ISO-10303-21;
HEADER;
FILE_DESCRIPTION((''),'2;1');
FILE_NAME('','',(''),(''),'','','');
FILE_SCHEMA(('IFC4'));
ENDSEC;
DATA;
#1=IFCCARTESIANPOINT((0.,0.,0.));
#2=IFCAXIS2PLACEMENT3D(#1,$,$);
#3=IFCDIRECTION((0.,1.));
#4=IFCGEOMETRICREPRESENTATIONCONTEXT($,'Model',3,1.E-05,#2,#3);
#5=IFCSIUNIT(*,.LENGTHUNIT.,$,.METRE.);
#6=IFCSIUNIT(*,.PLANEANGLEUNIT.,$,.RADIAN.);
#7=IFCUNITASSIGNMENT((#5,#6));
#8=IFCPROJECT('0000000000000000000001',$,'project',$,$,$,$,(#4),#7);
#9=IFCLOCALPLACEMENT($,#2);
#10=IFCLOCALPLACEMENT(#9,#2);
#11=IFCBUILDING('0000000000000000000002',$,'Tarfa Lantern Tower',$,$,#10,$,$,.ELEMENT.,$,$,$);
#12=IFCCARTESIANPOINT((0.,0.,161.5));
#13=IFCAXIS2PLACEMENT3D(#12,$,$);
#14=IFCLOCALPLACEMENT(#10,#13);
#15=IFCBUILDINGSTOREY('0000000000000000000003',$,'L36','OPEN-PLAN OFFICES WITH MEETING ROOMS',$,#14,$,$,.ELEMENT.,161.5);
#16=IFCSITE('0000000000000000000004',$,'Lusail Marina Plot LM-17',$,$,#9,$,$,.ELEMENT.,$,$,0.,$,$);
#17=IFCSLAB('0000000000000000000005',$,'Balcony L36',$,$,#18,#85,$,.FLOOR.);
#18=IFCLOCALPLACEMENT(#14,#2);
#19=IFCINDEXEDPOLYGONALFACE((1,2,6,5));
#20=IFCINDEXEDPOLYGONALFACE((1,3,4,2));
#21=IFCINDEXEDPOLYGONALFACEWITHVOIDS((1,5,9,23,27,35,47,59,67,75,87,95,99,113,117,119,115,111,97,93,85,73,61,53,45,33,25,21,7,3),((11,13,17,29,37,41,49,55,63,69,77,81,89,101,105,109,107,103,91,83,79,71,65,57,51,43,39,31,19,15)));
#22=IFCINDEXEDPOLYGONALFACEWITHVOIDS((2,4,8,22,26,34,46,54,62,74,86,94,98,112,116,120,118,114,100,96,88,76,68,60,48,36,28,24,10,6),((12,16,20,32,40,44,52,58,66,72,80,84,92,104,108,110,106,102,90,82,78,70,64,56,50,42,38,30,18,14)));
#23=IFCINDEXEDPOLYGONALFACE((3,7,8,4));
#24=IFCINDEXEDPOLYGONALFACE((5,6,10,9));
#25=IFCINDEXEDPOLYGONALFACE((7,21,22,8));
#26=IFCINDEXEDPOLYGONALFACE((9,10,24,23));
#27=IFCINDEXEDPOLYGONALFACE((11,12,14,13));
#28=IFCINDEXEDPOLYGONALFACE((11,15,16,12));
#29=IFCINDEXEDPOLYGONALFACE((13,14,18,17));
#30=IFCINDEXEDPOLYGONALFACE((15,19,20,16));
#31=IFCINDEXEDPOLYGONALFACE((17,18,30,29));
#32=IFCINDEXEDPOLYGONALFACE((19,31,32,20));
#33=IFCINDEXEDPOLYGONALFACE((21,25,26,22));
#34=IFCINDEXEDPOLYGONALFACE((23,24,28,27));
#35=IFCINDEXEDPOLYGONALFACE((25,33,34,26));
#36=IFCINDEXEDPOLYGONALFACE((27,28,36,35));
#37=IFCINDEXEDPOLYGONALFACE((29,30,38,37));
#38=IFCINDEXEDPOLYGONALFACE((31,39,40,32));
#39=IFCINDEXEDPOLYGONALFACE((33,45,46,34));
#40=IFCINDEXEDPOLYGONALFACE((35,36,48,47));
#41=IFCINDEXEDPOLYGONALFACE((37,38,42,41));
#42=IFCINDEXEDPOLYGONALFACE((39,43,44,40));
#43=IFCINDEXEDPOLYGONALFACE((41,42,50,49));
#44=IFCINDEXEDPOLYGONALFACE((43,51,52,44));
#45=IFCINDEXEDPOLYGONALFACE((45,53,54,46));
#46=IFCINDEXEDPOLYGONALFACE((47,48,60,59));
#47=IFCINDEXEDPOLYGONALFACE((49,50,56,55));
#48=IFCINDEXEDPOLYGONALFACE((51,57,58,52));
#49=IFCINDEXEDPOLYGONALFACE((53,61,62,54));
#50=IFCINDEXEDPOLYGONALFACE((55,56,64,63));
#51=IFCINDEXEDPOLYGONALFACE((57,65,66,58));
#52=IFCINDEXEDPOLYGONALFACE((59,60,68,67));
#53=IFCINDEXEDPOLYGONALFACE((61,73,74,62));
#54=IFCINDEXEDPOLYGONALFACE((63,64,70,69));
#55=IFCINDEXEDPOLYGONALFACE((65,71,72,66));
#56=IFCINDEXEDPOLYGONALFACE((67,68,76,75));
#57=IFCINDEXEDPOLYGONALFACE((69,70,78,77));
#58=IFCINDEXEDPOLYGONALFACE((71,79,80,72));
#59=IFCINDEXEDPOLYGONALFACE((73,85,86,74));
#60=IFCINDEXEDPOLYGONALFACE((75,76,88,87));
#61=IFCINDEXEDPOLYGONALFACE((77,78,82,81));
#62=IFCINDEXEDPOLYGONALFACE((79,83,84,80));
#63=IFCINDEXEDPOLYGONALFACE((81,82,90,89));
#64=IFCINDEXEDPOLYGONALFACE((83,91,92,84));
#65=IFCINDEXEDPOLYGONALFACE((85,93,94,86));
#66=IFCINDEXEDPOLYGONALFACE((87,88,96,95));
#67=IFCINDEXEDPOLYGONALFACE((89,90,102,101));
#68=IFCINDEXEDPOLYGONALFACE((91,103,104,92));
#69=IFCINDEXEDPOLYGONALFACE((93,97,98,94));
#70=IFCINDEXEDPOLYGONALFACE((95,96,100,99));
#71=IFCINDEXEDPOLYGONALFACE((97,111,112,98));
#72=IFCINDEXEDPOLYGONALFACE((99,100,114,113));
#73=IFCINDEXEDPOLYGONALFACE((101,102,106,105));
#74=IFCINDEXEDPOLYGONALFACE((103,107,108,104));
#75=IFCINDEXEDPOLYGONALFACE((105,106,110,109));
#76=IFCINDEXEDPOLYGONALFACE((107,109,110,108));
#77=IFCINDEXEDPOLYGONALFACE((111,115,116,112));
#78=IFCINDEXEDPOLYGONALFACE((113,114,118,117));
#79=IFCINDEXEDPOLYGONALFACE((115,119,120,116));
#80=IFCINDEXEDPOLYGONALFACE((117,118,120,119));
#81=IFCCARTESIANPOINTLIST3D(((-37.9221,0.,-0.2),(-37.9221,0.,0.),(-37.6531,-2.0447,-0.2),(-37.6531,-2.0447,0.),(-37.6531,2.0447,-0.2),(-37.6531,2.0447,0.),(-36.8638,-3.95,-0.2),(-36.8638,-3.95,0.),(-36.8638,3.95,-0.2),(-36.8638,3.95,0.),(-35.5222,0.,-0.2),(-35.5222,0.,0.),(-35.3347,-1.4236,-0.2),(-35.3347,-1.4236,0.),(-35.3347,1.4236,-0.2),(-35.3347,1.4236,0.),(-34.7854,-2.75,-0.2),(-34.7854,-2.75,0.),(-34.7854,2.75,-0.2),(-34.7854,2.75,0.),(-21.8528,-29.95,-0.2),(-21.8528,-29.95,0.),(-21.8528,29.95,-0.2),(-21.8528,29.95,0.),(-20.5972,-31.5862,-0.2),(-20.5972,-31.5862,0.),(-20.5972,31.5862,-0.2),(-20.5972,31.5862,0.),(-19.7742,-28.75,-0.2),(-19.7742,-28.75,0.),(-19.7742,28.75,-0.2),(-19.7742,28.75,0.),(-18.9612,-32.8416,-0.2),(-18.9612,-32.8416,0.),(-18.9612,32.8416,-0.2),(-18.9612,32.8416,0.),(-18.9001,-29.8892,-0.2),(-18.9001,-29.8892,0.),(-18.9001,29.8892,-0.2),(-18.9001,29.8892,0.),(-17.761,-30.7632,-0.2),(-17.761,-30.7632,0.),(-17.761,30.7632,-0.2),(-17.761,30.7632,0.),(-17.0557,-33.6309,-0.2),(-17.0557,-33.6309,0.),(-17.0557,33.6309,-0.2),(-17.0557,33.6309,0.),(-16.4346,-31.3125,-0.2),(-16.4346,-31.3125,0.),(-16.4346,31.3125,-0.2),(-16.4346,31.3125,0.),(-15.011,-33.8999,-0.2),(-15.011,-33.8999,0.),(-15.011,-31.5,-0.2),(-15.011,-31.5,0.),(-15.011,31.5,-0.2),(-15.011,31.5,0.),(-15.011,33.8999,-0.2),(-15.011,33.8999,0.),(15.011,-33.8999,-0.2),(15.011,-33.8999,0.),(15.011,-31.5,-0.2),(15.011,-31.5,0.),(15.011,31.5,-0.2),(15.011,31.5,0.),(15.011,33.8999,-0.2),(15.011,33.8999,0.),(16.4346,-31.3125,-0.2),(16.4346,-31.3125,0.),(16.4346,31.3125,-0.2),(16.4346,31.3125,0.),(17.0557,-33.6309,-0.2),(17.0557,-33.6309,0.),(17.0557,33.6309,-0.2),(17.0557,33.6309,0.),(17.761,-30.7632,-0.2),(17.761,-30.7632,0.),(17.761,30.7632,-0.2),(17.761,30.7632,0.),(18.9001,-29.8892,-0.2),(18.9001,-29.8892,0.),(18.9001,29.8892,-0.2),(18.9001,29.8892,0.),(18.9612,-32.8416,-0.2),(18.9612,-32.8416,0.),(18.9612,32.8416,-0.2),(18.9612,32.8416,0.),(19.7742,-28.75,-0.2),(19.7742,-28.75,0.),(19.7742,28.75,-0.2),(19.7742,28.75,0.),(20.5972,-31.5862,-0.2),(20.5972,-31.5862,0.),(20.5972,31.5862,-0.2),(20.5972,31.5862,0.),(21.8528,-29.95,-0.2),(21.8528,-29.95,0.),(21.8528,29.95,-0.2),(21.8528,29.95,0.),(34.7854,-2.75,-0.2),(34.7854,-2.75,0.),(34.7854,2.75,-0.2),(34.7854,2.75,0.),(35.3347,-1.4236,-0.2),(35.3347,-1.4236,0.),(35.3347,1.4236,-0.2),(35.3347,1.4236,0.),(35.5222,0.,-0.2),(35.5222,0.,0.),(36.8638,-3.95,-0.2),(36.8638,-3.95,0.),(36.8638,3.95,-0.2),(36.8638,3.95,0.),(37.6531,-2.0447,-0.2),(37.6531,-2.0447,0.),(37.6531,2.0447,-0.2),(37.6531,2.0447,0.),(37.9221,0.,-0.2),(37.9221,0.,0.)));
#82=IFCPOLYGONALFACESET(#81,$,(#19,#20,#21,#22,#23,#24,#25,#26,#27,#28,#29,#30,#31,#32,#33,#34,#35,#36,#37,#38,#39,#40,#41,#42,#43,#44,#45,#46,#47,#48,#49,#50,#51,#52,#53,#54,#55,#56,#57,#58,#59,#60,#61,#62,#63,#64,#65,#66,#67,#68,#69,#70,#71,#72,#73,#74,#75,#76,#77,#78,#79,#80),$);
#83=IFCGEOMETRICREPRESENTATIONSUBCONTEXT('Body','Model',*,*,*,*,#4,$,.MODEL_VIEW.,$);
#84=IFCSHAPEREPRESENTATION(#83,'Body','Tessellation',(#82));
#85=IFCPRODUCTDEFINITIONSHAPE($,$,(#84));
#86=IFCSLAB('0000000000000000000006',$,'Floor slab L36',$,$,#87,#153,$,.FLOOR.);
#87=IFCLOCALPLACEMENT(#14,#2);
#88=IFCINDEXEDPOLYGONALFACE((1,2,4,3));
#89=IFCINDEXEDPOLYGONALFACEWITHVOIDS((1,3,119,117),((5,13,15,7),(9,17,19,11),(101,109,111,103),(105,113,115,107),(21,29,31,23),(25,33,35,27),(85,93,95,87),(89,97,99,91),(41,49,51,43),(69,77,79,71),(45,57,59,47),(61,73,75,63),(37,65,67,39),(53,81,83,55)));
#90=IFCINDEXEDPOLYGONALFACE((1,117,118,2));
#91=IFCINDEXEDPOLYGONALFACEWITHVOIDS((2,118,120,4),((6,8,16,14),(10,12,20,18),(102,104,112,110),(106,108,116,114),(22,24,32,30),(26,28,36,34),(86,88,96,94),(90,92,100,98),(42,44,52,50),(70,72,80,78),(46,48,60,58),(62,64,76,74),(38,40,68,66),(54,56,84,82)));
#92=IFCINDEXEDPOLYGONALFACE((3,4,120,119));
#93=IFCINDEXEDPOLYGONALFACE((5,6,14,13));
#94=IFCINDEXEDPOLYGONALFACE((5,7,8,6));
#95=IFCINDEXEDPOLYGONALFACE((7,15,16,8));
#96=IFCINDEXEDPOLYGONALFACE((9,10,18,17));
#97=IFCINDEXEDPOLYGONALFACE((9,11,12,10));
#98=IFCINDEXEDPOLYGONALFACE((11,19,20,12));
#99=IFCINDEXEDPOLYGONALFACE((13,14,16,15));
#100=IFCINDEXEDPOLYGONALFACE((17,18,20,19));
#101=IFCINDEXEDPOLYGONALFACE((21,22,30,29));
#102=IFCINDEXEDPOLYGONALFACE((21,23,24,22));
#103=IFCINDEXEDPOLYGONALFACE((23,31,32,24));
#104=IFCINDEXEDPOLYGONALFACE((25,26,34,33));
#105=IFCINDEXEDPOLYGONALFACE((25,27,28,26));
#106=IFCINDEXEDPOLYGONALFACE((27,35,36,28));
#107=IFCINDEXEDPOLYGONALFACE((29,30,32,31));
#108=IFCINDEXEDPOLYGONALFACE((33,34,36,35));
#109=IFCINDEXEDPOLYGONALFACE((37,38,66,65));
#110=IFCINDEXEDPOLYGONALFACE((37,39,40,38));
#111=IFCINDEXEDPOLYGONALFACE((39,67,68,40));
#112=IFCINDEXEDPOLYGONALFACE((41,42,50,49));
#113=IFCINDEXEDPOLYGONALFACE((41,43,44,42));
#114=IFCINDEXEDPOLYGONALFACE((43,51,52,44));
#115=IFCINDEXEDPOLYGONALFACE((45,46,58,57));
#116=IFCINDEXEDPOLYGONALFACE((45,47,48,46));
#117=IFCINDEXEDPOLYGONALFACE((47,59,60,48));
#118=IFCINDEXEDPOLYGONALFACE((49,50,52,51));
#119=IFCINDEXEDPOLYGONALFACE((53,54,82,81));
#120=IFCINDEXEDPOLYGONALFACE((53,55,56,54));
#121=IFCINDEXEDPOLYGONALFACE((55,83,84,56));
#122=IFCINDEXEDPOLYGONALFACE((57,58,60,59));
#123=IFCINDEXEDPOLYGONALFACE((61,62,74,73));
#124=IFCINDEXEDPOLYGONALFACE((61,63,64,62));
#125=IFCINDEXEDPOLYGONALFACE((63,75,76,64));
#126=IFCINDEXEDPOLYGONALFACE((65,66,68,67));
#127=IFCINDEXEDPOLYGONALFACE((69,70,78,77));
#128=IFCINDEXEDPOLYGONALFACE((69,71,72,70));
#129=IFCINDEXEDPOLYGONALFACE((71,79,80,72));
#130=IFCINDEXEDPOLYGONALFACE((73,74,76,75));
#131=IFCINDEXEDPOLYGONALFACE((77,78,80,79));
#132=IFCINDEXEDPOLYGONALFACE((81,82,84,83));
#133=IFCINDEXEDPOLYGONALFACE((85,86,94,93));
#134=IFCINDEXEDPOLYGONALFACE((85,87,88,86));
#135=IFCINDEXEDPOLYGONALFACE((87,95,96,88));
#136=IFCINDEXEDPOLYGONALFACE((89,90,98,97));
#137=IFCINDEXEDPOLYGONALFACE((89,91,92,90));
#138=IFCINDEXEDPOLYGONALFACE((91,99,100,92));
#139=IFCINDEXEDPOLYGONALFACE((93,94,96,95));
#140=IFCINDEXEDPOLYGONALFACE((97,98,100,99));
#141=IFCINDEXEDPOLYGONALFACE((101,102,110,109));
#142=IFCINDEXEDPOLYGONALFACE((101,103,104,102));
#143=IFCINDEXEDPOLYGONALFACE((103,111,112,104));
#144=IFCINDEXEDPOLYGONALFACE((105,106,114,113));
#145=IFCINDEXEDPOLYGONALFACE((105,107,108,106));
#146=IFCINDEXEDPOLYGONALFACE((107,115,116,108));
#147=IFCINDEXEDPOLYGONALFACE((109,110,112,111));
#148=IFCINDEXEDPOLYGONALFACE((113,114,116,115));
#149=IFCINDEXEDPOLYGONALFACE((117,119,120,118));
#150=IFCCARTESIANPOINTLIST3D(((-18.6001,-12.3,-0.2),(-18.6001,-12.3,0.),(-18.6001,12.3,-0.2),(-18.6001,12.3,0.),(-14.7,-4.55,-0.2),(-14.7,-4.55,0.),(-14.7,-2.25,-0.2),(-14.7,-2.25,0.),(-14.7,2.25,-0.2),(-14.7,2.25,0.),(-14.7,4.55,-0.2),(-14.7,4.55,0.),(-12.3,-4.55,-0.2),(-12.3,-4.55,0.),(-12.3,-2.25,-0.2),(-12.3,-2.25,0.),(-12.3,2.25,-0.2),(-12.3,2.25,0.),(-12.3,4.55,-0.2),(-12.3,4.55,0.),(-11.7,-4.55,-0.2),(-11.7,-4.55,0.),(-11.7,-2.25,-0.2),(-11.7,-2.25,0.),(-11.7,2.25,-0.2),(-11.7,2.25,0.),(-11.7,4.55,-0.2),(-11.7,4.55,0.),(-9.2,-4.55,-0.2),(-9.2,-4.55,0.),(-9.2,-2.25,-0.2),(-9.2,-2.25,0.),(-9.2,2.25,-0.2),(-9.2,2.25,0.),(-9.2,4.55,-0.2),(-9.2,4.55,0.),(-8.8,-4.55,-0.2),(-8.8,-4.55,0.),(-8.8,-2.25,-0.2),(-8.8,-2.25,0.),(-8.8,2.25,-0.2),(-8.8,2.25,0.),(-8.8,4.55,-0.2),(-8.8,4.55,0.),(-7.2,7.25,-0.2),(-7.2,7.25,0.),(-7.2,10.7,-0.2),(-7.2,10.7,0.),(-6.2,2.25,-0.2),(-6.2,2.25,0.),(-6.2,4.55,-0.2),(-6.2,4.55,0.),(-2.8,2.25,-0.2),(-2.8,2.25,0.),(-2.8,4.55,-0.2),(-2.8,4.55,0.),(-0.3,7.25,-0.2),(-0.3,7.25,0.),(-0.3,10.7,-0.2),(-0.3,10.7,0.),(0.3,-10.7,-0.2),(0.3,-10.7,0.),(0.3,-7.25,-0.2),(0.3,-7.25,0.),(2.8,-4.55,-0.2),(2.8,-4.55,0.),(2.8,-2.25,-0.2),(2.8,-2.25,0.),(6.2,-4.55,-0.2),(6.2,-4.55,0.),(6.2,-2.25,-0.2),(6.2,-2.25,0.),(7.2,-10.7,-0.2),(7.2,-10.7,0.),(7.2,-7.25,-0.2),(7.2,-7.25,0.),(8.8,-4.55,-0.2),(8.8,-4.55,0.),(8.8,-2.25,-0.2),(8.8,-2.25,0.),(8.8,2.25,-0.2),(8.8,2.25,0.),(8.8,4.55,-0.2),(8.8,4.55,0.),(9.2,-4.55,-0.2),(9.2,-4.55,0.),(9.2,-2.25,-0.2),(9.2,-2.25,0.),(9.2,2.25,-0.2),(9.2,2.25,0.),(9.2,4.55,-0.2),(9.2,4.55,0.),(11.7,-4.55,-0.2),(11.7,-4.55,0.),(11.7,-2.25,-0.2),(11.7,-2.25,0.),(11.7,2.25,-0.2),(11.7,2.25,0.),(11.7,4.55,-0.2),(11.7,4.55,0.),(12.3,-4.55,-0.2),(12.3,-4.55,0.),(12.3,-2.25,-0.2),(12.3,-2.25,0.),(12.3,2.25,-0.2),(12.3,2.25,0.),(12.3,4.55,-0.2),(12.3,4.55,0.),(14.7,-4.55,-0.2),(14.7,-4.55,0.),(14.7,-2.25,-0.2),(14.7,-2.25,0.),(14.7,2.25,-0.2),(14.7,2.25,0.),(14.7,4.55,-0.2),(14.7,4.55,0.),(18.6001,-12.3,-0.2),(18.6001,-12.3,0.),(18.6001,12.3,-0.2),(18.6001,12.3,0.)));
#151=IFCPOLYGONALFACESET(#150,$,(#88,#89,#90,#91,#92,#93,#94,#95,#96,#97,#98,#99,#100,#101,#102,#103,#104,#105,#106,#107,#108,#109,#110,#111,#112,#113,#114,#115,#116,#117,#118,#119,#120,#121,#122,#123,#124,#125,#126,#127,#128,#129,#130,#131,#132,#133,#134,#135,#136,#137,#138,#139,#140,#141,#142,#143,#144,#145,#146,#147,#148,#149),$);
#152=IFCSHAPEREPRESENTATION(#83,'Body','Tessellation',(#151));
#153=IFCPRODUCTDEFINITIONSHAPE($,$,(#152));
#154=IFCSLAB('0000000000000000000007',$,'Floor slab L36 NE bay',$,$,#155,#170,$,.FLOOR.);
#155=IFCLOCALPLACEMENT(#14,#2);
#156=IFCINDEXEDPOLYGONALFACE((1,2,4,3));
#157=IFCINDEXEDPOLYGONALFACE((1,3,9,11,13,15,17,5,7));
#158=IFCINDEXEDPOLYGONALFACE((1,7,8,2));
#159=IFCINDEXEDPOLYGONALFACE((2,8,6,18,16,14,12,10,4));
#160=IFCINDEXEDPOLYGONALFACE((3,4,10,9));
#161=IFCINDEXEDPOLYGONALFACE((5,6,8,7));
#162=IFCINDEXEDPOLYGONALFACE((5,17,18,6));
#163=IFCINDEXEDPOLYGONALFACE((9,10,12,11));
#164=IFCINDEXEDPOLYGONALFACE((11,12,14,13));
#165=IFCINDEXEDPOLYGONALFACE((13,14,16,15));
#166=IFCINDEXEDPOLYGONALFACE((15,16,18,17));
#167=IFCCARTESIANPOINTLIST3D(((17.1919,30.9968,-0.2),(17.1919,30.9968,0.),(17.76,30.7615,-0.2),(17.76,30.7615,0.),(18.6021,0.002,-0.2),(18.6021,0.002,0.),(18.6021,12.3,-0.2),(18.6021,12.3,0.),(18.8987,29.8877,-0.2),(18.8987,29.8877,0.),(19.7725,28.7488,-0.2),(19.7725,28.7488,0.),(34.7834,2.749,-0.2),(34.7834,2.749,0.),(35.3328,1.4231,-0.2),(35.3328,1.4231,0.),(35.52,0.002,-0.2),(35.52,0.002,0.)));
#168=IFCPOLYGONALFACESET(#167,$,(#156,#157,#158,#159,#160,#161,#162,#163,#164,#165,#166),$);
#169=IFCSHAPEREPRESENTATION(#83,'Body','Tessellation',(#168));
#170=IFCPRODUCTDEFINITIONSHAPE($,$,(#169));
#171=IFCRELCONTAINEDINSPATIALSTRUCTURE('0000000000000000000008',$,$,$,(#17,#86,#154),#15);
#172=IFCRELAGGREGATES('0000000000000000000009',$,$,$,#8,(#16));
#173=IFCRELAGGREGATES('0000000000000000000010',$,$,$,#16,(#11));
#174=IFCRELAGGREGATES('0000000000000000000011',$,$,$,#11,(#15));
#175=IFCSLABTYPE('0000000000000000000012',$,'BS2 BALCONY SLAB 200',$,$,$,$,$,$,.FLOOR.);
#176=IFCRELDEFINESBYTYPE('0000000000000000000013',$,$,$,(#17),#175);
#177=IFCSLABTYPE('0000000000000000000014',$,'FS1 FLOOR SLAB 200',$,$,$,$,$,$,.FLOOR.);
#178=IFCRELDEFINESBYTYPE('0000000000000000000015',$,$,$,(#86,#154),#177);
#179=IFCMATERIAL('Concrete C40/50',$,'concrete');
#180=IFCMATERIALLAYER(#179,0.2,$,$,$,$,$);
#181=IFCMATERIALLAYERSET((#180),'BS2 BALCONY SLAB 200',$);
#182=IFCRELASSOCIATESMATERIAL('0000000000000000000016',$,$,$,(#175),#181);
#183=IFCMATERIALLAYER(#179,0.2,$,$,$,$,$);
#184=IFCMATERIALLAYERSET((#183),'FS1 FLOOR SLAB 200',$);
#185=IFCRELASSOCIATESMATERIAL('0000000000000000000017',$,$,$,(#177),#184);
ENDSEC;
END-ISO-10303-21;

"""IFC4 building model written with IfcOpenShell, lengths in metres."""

from ifc_helpers import new_model, si_unit, direction, frame, origin, place, context, subcontext, project, spatial, polyline, outline, extrude, material, layer, layer_set, type_object, element, save


model = new_model("IFC4")

# Units and contexts
model_context = context("Model", 3, precision=1e-05, world=origin(), true_north=direction((0.0, 1.0)))
body_context = subcontext(model_context, "Body", "Model", "MODEL_VIEW")
ifc_project = project(units=[si_unit("LENGTHUNIT", "METRE"), si_unit("PLANEANGLEUNIT", "RADIAN")], contexts=[model_context])

# Site, building, storey
site_placement = place(None, origin())
site = spatial("IfcSite", under=ifc_project, at=site_placement, Name="Lusail Marina Plot LM-17", CompositionType="ELEMENT", RefElevation=0.0)
building_placement = place(site_placement, origin())
building = spatial("IfcBuilding", under=site, at=building_placement, Name="Tarfa Lantern Tower", CompositionType="ELEMENT")
storey_placement = place(building_placement, frame((0.0, 0.0, 161.5)))
storey = spatial("IfcBuildingStorey", under=building, at=storey_placement, Name="L36", Description="OPEN-PLAN OFFICES WITH MEETING ROOMS", CompositionType="ELEMENT", Elevation=161.5)

# Slabs
ifc_material_1 = material(Name="Concrete C40/50", Category="concrete")
ifc_layer_1 = layer(ifc_material_1, 0.2)
ifc_layer_set_1 = layer_set([ifc_layer_1], Name="BS2 BALCONY SLAB 200")
slab_type_1 = type_object("IfcSlabType", Name="BS2 BALCONY SLAB 200", PredefinedType="FLOOR", material=ifc_layer_set_1)
slab_1_placement = place(storey_placement, frame((0.0, 0.0, -0.2)))
element("IfcSlab", 1, at=slab_1_placement, inside=storey, type_object=slab_type_1, Name="Balcony L36", PredefinedType="FLOOR", context=body_context, shape_type="SweptSolid", body=[
    extrude(outline(polyline([(36.8638, 3.95), (21.8528, 29.95), (20.5972, 31.5862), (18.9612, 32.8416), (17.0557, 33.6309), (15.011, 33.8999), (-15.011, 33.8999), (-17.0557, 33.6309), (-18.9612, 32.8416), (-20.5972, 31.5862), (-21.8528, 29.95), (-36.8638, 3.95), (-37.6531, 2.0447), (-37.9221, 0.0), (-37.6531, -2.0447), (-36.8638, -3.95), (-21.8528, -29.95), (-20.5972, -31.5862), (-18.9612, -32.8416), (-17.0557, -33.6309), (-15.011, -33.8999), (15.011, -33.8999), (17.0557, -33.6309), (18.9612, -32.8416), (20.5972, -31.5862), (21.8528, -29.95), (36.8638, -3.95), (37.6531, -2.0447), (37.9221, 0.0), (37.6531, 2.0447), (36.8638, 3.95)]), holes=[polyline([(34.7854, 2.75), (19.7742, 28.75), (18.9001, 29.8892), (17.761, 30.7632), (16.4346, 31.3125), (15.011, 31.5), (-15.011, 31.5), (-16.4346, 31.3125), (-17.761, 30.7632), (-18.9001, 29.8892), (-19.7742, 28.75), (-34.7854, 2.75), (-35.3347, 1.4236), (-35.5222, 0.0), (-35.3347, -1.4236), (-34.7854, -2.75), (-19.7742, -28.75), (-18.9001, -29.8892), (-17.761, -30.7632), (-16.4346, -31.3125), (-15.011, -31.5), (15.011, -31.5), (16.4346, -31.3125), (17.761, -30.7632), (18.9001, -29.8892), (19.7742, -28.75), (34.7854, -2.75), (35.3347, -1.4236), (35.5222, 0.0), (35.3347, 1.4236), (34.7854, 2.75)])]), origin(), (0.0, 0.0, 1.0), 0.2),
])
ifc_layer_2 = layer(ifc_material_1, 0.2)
ifc_layer_set_2 = layer_set([ifc_layer_2], Name="FS1 FLOOR SLAB 200")
slab_type_2 = type_object("IfcSlabType", Name="FS1 FLOOR SLAB 200", PredefinedType="FLOOR", material=ifc_layer_set_2)
slab_2_placement = place(storey_placement, frame((0.0, 0.0, -0.2)))
element("IfcSlab", 2, at=slab_2_placement, inside=storey, type_object=slab_type_2, Name="Floor slab L36", PredefinedType="FLOOR", context=body_context, shape_type="SweptSolid", body=[
    extrude(outline(polyline([(-18.6001, -12.3), (18.6001, -12.3), (18.6001, 12.3), (-18.6001, 12.3), (-18.6001, -12.3)]), holes=[polyline([(-14.7, 2.25), (-12.3, 2.25), (-12.3, 4.55), (-14.7, 4.55), (-14.7, 2.25)]), polyline([(-11.7, 2.25), (-9.2, 2.25), (-9.2, 4.55), (-11.7, 4.55), (-11.7, 2.25)]), polyline([(-8.8, 2.25), (-6.2, 2.25), (-6.2, 4.55), (-8.8, 4.55), (-8.8, 2.25)]), polyline([(-2.8, 2.25), (8.8, 2.25), (8.8, 4.55), (-2.8, 4.55), (-2.8, 2.25)]), polyline([(9.2, 2.25), (11.7, 2.25), (11.7, 4.55), (9.2, 4.55), (9.2, 2.25)]), polyline([(12.3, 2.25), (14.7, 2.25), (14.7, 4.55), (12.3, 4.55), (12.3, 2.25)]), polyline([(14.7, -2.25), (12.3, -2.25), (12.3, -4.55), (14.7, -4.55), (14.7, -2.25)]), polyline([(11.7, -2.25), (9.2, -2.25), (9.2, -4.55), (11.7, -4.55), (11.7, -2.25)]), polyline([(8.8, -2.25), (6.2, -2.25), (6.2, -4.55), (8.8, -4.55), (8.8, -2.25)]), polyline([(2.8, -2.25), (-8.8, -2.25), (-8.8, -4.55), (2.8, -4.55), (2.8, -2.25)]), polyline([(-9.2, -2.25), (-11.7, -2.25), (-11.7, -4.55), (-9.2, -4.55), (-9.2, -2.25)]), polyline([(-12.3, -2.25), (-14.7, -2.25), (-14.7, -4.55), (-12.3, -4.55), (-12.3, -2.25)]), polyline([(-7.2, 7.25), (-0.3, 7.25), (-0.3, 10.7), (-7.2, 10.7), (-7.2, 7.25)]), polyline([(7.2, -7.25), (0.3, -7.25), (0.3, -10.7), (7.2, -10.7), (7.2, -7.25)])]), origin(), (0.0, 0.0, 1.0), 0.2),
])
slab_3_placement = place(storey_placement, frame((0.0, 0.0, -0.2)))
element("IfcSlab", 3, at=slab_3_placement, inside=storey, type_object=slab_type_2, Name="Floor slab L36 NE bay", PredefinedType="FLOOR", context=body_context, shape_type="SweptSolid", body=[
    extrude(outline(polyline([(34.7834, 2.749), (19.7725, 28.7488), (18.8987, 29.8877), (17.76, 30.7615), (17.1919, 30.9968), (18.6021, 12.3), (18.6021, 0.002), (35.52, 0.002), (35.3328, 1.4231), (34.7834, 2.749)])), origin(), (0.0, 0.0, 1.0), 0.2),
])

save(model, "model.ifc")
